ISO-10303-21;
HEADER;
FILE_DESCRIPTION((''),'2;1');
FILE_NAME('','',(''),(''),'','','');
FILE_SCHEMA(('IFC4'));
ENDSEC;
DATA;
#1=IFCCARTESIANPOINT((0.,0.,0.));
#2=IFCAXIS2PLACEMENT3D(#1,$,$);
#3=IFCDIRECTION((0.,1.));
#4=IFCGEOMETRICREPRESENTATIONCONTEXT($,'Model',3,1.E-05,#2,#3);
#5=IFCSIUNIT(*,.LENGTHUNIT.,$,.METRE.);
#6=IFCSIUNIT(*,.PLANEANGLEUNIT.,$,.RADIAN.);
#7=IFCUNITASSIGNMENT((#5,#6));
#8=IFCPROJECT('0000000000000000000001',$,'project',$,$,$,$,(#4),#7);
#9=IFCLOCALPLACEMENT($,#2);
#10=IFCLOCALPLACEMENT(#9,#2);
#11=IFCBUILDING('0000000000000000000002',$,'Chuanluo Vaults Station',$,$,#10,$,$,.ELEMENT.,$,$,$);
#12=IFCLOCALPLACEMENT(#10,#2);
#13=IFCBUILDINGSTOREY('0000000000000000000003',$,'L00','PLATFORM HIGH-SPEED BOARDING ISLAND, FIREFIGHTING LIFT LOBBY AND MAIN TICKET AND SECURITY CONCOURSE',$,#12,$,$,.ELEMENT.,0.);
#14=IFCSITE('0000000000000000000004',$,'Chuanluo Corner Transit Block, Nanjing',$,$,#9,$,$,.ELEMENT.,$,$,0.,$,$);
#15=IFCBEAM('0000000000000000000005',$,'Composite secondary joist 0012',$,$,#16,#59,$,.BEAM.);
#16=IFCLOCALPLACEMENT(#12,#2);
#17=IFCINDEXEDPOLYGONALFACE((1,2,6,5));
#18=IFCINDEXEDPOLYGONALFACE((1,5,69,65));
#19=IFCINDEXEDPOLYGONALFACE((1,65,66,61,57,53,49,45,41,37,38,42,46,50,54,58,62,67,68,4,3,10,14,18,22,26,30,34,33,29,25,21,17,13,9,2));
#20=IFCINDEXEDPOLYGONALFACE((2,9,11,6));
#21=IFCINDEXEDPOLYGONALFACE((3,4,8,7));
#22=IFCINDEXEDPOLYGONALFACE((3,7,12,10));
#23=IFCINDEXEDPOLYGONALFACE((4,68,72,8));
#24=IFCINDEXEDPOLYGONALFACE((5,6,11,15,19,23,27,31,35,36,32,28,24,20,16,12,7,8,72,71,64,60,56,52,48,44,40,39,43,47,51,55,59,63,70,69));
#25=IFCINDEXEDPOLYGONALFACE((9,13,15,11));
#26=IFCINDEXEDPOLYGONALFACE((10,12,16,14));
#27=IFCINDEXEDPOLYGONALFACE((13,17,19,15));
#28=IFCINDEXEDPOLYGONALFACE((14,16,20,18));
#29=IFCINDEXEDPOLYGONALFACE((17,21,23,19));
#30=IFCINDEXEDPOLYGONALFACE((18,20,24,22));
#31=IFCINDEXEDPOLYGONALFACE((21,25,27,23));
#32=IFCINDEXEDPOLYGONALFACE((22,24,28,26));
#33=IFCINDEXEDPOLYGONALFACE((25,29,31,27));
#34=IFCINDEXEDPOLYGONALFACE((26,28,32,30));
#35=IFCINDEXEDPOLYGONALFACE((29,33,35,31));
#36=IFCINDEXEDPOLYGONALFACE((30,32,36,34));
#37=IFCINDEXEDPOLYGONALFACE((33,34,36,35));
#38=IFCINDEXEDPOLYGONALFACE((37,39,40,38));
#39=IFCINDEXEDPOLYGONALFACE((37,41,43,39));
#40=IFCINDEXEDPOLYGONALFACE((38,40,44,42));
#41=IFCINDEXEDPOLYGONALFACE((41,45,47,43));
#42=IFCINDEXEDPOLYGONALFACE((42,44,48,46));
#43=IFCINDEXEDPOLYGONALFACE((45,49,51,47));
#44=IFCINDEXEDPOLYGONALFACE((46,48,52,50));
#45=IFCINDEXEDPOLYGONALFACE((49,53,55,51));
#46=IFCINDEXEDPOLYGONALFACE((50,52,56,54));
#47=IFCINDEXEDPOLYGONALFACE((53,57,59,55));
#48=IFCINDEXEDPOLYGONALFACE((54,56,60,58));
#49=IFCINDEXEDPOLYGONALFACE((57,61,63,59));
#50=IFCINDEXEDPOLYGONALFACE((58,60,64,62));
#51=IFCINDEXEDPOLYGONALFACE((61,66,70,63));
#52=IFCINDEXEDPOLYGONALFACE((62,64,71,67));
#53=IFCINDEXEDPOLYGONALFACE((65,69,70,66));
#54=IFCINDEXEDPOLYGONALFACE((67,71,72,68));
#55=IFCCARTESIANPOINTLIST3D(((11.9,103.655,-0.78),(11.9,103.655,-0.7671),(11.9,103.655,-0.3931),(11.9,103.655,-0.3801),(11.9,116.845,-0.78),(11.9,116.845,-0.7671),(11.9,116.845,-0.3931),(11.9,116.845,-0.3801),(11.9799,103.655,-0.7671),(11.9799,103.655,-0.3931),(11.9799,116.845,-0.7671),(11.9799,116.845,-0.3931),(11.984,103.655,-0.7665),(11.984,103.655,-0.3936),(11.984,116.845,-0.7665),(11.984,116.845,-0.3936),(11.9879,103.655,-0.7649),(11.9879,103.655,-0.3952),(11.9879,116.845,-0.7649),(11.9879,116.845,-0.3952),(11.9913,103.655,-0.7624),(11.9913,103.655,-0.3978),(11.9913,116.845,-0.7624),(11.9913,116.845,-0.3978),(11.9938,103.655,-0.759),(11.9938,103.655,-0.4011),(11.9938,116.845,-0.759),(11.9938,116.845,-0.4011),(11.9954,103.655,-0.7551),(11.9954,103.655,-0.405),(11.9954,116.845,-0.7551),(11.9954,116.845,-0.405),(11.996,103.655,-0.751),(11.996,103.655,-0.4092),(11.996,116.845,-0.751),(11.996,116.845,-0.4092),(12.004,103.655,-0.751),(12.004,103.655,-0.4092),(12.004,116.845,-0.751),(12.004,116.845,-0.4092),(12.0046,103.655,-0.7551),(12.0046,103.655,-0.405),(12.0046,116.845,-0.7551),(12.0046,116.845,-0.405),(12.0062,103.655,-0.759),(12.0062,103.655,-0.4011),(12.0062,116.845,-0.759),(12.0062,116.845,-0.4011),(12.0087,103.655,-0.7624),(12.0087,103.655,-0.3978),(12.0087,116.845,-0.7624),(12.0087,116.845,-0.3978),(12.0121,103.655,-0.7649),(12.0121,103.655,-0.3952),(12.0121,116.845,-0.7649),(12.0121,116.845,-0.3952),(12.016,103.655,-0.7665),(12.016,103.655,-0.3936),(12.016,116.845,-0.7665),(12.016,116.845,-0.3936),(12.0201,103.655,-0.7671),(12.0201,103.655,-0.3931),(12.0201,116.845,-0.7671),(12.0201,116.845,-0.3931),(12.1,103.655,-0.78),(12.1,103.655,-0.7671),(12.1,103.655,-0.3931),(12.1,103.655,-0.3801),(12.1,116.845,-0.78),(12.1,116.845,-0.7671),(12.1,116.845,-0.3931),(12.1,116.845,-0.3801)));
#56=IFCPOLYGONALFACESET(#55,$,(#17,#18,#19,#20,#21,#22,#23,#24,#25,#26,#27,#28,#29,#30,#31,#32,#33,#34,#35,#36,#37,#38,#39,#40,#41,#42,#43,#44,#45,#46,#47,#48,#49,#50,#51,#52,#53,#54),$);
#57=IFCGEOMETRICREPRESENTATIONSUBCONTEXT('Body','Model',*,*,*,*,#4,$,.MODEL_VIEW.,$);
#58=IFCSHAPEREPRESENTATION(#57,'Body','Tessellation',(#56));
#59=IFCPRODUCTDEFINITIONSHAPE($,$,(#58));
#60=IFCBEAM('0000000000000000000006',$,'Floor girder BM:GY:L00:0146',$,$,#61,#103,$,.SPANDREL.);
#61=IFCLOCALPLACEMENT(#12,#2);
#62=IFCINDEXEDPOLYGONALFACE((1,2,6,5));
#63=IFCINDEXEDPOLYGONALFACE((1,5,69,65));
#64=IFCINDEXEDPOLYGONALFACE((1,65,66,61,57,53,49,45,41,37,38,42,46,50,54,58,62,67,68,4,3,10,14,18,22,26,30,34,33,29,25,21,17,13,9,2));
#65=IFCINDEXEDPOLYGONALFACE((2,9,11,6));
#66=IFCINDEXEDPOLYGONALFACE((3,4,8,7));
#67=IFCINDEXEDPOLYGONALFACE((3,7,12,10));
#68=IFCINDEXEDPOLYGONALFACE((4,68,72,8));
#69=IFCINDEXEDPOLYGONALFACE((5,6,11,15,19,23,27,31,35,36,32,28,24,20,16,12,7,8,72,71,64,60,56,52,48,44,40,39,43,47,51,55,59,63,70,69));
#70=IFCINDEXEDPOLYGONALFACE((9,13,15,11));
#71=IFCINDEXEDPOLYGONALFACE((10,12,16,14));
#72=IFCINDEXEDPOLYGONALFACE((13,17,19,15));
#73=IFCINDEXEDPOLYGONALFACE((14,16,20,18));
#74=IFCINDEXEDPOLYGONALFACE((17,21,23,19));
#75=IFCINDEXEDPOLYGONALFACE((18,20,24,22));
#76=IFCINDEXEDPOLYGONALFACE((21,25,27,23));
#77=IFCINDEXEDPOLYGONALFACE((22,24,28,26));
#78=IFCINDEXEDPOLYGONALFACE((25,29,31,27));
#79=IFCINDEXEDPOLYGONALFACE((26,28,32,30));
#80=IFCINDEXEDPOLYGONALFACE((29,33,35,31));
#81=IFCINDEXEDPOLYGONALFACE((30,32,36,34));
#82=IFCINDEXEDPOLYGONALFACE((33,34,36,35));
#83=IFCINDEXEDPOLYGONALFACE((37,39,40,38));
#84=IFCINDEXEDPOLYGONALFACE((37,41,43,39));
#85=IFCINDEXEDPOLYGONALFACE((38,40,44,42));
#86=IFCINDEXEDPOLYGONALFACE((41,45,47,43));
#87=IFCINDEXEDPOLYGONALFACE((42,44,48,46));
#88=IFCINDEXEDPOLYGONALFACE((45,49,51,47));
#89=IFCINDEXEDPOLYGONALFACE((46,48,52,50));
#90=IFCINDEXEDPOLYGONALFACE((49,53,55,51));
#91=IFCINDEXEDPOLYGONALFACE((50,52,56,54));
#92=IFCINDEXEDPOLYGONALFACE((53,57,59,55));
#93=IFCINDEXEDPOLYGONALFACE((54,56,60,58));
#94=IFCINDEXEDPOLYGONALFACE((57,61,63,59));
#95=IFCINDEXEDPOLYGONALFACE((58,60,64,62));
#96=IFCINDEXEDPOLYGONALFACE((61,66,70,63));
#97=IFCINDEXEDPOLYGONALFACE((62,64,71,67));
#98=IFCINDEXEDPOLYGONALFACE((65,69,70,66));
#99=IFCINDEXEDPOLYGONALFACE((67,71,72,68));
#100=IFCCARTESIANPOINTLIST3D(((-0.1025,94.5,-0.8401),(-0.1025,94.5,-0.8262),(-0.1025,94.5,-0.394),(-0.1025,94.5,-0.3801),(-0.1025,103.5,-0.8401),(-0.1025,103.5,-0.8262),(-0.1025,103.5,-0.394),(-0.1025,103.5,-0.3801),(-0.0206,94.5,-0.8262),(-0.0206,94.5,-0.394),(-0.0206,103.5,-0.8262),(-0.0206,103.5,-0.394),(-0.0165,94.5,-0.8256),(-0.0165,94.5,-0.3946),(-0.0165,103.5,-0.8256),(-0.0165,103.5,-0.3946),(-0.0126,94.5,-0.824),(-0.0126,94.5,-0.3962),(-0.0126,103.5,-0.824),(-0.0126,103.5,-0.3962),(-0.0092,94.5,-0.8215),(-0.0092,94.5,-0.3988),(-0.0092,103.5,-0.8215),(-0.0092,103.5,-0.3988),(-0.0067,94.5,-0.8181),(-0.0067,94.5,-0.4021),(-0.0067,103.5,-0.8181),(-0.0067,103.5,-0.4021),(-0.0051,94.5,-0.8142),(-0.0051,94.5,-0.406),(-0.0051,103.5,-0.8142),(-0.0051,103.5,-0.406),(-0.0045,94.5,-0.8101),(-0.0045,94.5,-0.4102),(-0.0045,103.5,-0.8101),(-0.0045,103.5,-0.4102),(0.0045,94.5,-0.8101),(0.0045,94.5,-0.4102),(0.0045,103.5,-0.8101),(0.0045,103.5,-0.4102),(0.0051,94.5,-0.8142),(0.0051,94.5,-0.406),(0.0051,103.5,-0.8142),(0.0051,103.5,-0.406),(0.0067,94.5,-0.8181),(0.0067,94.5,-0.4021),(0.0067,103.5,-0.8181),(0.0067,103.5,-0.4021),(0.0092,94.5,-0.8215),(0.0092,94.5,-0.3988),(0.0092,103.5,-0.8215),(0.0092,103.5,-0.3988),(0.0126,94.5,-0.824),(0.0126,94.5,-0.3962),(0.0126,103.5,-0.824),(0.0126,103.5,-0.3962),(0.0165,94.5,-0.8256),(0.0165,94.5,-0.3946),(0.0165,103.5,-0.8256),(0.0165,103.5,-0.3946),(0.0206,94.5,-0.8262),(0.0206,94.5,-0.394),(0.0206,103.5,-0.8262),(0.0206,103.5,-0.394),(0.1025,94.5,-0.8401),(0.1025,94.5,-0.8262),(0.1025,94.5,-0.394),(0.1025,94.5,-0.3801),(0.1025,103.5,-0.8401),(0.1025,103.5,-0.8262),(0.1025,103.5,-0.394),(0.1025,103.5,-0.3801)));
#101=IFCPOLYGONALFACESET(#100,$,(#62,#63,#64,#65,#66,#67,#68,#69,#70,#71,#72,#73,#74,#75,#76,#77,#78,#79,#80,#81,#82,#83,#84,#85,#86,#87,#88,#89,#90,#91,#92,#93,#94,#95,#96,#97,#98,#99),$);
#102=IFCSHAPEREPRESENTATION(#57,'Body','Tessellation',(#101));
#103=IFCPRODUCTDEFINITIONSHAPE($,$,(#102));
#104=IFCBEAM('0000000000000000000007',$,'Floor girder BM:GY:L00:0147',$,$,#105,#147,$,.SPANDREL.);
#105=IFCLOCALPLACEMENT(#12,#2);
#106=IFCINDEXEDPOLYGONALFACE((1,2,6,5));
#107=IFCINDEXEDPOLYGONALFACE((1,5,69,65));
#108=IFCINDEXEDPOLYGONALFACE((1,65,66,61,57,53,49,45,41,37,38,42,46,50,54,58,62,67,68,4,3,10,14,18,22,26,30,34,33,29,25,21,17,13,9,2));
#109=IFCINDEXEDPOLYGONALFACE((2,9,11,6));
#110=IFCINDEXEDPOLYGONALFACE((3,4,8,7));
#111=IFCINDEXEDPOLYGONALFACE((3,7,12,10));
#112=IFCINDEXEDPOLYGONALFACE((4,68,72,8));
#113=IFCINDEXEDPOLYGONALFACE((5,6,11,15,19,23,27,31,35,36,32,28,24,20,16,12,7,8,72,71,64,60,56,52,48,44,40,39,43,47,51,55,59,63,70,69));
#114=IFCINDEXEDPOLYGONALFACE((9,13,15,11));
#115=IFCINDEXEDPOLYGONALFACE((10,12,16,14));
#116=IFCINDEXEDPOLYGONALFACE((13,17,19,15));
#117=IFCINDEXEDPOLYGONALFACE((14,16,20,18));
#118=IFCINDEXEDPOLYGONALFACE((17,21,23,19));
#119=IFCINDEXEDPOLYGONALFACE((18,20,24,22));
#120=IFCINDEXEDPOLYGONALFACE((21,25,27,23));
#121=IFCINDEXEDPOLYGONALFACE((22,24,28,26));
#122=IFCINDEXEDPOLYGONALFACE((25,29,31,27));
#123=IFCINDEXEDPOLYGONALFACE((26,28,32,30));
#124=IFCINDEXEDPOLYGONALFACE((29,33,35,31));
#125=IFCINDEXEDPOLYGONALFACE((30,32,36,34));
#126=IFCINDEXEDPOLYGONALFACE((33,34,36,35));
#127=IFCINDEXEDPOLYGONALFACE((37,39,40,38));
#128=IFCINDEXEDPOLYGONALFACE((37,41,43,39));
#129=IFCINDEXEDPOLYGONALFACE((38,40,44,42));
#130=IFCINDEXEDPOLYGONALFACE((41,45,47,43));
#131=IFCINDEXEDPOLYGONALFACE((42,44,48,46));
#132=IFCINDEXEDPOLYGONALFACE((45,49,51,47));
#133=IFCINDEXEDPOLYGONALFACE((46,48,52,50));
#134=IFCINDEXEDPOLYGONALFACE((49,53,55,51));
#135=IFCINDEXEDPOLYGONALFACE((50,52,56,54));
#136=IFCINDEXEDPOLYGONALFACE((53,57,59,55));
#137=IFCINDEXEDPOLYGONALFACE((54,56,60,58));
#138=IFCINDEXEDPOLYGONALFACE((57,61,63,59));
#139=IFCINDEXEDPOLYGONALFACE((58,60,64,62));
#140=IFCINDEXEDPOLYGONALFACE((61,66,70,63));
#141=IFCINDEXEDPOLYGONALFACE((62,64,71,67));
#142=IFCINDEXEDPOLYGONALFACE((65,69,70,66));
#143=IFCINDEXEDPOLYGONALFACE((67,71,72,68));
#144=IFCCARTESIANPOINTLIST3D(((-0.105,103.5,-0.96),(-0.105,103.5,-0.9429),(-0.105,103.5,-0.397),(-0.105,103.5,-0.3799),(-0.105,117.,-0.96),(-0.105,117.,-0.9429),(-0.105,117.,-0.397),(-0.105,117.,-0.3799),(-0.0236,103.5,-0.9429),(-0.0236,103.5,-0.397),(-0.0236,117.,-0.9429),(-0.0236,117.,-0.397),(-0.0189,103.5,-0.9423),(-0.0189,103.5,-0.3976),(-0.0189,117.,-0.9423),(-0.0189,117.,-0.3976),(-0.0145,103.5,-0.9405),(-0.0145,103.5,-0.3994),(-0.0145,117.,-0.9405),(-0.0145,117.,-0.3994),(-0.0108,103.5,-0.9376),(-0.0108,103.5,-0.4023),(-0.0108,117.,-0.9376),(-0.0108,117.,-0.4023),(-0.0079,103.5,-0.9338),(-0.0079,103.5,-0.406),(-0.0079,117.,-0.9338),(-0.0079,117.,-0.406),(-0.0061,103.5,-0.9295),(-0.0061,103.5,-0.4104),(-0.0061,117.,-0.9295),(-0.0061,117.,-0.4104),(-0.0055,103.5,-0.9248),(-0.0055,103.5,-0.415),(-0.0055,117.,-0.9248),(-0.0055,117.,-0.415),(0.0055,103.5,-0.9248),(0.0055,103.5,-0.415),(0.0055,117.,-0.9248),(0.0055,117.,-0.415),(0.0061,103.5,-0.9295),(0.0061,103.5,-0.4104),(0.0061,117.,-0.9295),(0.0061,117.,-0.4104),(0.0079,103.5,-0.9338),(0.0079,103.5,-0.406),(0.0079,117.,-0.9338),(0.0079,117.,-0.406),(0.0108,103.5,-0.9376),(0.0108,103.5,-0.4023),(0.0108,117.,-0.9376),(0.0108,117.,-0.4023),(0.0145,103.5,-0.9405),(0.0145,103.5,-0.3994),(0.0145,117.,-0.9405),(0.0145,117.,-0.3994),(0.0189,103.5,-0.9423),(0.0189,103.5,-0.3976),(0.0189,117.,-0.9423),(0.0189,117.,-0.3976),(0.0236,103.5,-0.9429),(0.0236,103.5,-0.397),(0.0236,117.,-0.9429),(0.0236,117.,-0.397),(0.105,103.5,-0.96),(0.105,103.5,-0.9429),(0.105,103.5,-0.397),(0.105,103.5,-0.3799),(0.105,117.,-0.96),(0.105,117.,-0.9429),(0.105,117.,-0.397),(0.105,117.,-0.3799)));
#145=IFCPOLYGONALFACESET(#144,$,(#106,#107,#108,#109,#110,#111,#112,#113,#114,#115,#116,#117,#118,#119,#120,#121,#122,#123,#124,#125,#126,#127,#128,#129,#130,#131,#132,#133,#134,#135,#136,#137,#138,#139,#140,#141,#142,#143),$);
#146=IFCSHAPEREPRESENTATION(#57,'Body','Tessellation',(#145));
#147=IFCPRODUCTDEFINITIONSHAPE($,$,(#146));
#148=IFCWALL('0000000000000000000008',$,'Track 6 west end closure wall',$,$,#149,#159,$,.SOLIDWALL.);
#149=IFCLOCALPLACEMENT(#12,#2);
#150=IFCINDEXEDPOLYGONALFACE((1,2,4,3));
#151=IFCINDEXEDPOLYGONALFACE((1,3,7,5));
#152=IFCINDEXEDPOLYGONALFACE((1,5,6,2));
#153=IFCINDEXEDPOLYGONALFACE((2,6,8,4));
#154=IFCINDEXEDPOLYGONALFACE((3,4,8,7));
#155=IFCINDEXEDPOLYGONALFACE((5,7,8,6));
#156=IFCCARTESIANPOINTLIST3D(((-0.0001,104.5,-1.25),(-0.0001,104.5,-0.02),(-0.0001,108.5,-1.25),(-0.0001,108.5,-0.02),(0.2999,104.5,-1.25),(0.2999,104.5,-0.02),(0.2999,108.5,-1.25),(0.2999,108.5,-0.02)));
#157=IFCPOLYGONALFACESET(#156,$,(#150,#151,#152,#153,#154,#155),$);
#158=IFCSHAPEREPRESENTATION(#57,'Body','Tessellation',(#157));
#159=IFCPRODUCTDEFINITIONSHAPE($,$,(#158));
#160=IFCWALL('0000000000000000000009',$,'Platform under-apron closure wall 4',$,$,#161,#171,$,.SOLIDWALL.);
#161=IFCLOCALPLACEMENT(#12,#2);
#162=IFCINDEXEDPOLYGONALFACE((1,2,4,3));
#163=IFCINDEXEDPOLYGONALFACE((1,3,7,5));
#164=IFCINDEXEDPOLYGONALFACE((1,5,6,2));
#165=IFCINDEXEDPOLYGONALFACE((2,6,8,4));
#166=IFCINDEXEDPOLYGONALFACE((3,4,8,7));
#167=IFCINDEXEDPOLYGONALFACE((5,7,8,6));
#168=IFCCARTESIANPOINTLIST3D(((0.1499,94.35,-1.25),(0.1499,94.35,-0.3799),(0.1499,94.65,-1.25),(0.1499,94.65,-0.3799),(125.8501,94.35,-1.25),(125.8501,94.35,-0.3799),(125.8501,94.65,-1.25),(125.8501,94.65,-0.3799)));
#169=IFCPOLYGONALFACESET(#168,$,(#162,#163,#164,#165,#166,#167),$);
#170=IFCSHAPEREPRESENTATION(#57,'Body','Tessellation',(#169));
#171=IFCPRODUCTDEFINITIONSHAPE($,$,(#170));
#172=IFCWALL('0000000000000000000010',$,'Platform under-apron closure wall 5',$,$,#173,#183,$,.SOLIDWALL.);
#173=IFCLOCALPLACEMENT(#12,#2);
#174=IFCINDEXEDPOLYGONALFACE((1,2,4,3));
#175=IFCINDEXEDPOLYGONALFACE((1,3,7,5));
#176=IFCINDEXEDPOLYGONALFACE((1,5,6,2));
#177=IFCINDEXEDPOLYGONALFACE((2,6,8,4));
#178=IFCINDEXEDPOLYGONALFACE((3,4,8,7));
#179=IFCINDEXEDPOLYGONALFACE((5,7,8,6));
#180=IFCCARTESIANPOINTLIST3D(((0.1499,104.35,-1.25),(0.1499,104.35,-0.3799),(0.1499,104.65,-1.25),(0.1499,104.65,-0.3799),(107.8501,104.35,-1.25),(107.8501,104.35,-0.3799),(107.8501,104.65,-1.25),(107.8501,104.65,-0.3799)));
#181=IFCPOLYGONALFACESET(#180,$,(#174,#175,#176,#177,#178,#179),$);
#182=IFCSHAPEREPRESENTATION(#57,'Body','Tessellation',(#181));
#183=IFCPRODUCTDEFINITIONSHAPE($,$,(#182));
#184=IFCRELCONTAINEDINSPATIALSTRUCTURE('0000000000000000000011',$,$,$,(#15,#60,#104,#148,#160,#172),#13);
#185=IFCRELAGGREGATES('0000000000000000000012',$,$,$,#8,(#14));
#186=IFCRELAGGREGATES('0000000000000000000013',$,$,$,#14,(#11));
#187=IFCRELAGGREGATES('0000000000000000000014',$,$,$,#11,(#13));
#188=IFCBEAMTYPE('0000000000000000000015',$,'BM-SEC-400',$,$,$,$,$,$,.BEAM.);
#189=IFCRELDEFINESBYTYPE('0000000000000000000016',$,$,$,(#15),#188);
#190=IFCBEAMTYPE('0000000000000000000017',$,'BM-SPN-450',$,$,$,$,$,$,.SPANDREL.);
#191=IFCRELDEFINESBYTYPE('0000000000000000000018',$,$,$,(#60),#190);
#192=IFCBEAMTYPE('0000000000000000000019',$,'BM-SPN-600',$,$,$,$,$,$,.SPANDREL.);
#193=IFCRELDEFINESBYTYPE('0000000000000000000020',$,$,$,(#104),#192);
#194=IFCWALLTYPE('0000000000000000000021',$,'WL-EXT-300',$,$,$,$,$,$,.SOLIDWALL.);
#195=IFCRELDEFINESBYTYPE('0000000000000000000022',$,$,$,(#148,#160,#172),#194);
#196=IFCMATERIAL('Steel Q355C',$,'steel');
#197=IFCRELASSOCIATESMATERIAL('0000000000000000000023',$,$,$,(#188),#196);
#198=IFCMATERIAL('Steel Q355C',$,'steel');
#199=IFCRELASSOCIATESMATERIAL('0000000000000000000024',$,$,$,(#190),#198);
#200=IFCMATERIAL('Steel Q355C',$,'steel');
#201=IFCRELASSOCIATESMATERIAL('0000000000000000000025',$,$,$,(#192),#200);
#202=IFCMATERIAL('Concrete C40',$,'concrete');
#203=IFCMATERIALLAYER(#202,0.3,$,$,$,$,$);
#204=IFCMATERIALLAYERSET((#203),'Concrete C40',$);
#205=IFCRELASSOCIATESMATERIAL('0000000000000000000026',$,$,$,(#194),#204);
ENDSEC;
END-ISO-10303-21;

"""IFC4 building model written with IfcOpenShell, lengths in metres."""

from ifc_helpers import new_model, si_unit, direction, frame, frame_2d, origin, origin_2d, place, context, subcontext, project, spatial, rectangle, i_section, extrude, material, layer, layer_set, material_profile, profile_set, type_object, element, save


model = new_model("IFC4")

# Units and contexts
model_context = context("Model", 3, precision=1e-05, world=origin(), true_north=direction((0.0, 1.0)))
body_context = subcontext(model_context, "Body", "Model", "MODEL_VIEW")
ifc_project = project(units=[si_unit("LENGTHUNIT", "METRE"), si_unit("PLANEANGLEUNIT", "RADIAN")], contexts=[model_context])

# Site, building, storey
site_placement = place(None, origin())
site = spatial("IfcSite", under=ifc_project, at=site_placement, Name="Chuanluo Corner Transit Block, Nanjing", CompositionType="ELEMENT", RefElevation=0.0)
building_placement = place(site_placement, origin())
building = spatial("IfcBuilding", under=site, at=building_placement, Name="Chuanluo Vaults Station", CompositionType="ELEMENT")
storey_placement = place(building_placement, origin())
storey = spatial("IfcBuildingStorey", under=building, at=storey_placement, Name="L00", Description="PLATFORM HIGH-SPEED BOARDING ISLAND, FIREFIGHTING LIFT LOBBY AND MAIN TICKET AND SECURITY CONCOURSE", CompositionType="ELEMENT", Elevation=0.0)

# Beams
ifc_material_1 = material(Name="Steel Q355C", Category="steel")
ifc_material_profile_1 = material_profile(ifc_material_1, i_section(OverallWidth=0.2, OverallDepth=0.3999, WebThickness=0.0081, FlangeThickness=0.0129, FilletRadius=0.0161, at=origin_2d()))
ifc_profile_set_1 = profile_set([ifc_material_profile_1], Name="Steel Q355C")
beam_type_1 = type_object("IfcBeamType", Name="BM-SEC-400", PredefinedType="BEAM", material=ifc_profile_set_1)
for number, where, z_axis, x_axis, name in (
    (1, (12.0, 103.655, -0.5801), (0.0, 1.0, 0.0), (-1.0, 0.0, 0.0), "Composite secondary joist 0012"),
):
    element("IfcBeam", number, at=place(storey_placement, frame(where, z_axis=z_axis, x_axis=x_axis)), inside=storey, type_object=beam_type_1, Name=name, PredefinedType="BEAM", context=body_context, shape_type="SweptSolid", body=[
        extrude(i_section(OverallWidth=0.2, OverallDepth=0.3999, WebThickness=0.0081, FlangeThickness=0.0129, FilletRadius=0.0161, at=origin_2d()), origin(), (0.0, 0.0, 1.0), 13.1899),
    ])
ifc_material_2 = material(Name="Steel Q355C", Category="steel")
ifc_material_profile_2 = material_profile(ifc_material_2, i_section(OverallWidth=0.2051, OverallDepth=0.46, WebThickness=0.009, FlangeThickness=0.0139, FilletRadius=0.0161, at=origin_2d()))
ifc_profile_set_2 = profile_set([ifc_material_profile_2], Name="Steel Q355C")
beam_type_2 = type_object("IfcBeamType", Name="BM-SPN-450", PredefinedType="SPANDREL", material=ifc_profile_set_2)
beam_1_placement = place(storey_placement, frame((0.0, 94.5, -0.6101), z_axis=(0.0, 1.0, 0.0), x_axis=(-1.0, 0.0, 0.0)))
element("IfcBeam", 2, at=beam_1_placement, inside=storey, type_object=beam_type_2, Name="Floor girder BM:GY:L00:0146", PredefinedType="SPANDREL", context=body_context, shape_type="SweptSolid", body=[
    extrude(i_section(OverallWidth=0.2051, OverallDepth=0.46, WebThickness=0.009, FlangeThickness=0.0139, FilletRadius=0.0161, at=origin_2d()), origin(), (0.0, 0.0, 1.0), 9.0),
])
ifc_material_3 = material(Name="Steel Q355C", Category="steel")
ifc_material_profile_3 = material_profile(ifc_material_3, i_section(OverallWidth=0.21, OverallDepth=0.5801, WebThickness=0.011, FlangeThickness=0.0171, FilletRadius=0.0181, at=origin_2d()))
ifc_profile_set_3 = profile_set([ifc_material_profile_3], Name="Steel Q355C")
beam_type_3 = type_object("IfcBeamType", Name="BM-SPN-600", PredefinedType="SPANDREL", material=ifc_profile_set_3)
beam_2_placement = place(storey_placement, frame((0.0, 103.5, -0.6699), z_axis=(0.0, 1.0, 0.0), x_axis=(-1.0, 0.0, 0.0)))
element("IfcBeam", 3, at=beam_2_placement, inside=storey, type_object=beam_type_3, Name="Floor girder BM:GY:L00:0147", PredefinedType="SPANDREL", context=body_context, shape_type="SweptSolid", body=[
    extrude(i_section(OverallWidth=0.21, OverallDepth=0.5801, WebThickness=0.011, FlangeThickness=0.0171, FilletRadius=0.0181, at=origin_2d()), origin(), (0.0, 0.0, 1.0), 13.5),
])

# Walls
ifc_material_4 = material(Name="Concrete C40", Category="concrete")
ifc_layer_1 = layer(ifc_material_4, 0.3)
ifc_layer_set_1 = layer_set([ifc_layer_1], Name="Concrete C40")
wall_type_1 = type_object("IfcWallType", Name="WL-EXT-300", PredefinedType="SOLIDWALL", material=ifc_layer_set_1)
wall_1_placement = place(storey_placement, frame((0.1499, 104.5, -1.25), z_axis=(0.0, 0.0, 1.0), x_axis=(0.0, 1.0, 0.0)))
element("IfcWall", 4, at=wall_1_placement, inside=storey, type_object=wall_type_1, Name="Track 6 west end closure wall", PredefinedType="SOLIDWALL", context=body_context, shape_type="SweptSolid", body=[
    extrude(rectangle(XDim=4.0, YDim=0.3, at=frame_2d((2.0, 0.0))), origin(), (0.0, 0.0, 1.0), 1.23),
])
wall_2_placement = place(storey_placement, frame((0.1499, 94.5, -1.25), z_axis=(0.0, 0.0, 1.0), x_axis=(1.0, 0.0, 0.0)))
element("IfcWall", 5, at=wall_2_placement, inside=storey, type_object=wall_type_1, Name="Platform under-apron closure wall 4", PredefinedType="SOLIDWALL", context=body_context, shape_type="SweptSolid", body=[
    extrude(rectangle(XDim=125.7002, YDim=0.3, at=frame_2d((62.8501, 0.0))), origin(), (0.0, 0.0, 1.0), 0.8701),
])
for number, where, z_axis, x_axis, name in (
    (6, (0.1499, 104.5, -1.25), (0.0, 0.0, 1.0), (1.0, 0.0, 0.0), "Platform under-apron closure wall 5"),
):
    element("IfcWall", number, at=place(storey_placement, frame(where, z_axis=z_axis, x_axis=x_axis)), inside=storey, type_object=wall_type_1, Name=name, PredefinedType="SOLIDWALL", context=body_context, shape_type="SweptSolid", body=[
        extrude(rectangle(XDim=107.7002, YDim=0.3, at=frame_2d((53.8501, 0.0))), origin(), (0.0, 0.0, 1.0), 0.8701),
    ])

save(model, "model.ifc")
